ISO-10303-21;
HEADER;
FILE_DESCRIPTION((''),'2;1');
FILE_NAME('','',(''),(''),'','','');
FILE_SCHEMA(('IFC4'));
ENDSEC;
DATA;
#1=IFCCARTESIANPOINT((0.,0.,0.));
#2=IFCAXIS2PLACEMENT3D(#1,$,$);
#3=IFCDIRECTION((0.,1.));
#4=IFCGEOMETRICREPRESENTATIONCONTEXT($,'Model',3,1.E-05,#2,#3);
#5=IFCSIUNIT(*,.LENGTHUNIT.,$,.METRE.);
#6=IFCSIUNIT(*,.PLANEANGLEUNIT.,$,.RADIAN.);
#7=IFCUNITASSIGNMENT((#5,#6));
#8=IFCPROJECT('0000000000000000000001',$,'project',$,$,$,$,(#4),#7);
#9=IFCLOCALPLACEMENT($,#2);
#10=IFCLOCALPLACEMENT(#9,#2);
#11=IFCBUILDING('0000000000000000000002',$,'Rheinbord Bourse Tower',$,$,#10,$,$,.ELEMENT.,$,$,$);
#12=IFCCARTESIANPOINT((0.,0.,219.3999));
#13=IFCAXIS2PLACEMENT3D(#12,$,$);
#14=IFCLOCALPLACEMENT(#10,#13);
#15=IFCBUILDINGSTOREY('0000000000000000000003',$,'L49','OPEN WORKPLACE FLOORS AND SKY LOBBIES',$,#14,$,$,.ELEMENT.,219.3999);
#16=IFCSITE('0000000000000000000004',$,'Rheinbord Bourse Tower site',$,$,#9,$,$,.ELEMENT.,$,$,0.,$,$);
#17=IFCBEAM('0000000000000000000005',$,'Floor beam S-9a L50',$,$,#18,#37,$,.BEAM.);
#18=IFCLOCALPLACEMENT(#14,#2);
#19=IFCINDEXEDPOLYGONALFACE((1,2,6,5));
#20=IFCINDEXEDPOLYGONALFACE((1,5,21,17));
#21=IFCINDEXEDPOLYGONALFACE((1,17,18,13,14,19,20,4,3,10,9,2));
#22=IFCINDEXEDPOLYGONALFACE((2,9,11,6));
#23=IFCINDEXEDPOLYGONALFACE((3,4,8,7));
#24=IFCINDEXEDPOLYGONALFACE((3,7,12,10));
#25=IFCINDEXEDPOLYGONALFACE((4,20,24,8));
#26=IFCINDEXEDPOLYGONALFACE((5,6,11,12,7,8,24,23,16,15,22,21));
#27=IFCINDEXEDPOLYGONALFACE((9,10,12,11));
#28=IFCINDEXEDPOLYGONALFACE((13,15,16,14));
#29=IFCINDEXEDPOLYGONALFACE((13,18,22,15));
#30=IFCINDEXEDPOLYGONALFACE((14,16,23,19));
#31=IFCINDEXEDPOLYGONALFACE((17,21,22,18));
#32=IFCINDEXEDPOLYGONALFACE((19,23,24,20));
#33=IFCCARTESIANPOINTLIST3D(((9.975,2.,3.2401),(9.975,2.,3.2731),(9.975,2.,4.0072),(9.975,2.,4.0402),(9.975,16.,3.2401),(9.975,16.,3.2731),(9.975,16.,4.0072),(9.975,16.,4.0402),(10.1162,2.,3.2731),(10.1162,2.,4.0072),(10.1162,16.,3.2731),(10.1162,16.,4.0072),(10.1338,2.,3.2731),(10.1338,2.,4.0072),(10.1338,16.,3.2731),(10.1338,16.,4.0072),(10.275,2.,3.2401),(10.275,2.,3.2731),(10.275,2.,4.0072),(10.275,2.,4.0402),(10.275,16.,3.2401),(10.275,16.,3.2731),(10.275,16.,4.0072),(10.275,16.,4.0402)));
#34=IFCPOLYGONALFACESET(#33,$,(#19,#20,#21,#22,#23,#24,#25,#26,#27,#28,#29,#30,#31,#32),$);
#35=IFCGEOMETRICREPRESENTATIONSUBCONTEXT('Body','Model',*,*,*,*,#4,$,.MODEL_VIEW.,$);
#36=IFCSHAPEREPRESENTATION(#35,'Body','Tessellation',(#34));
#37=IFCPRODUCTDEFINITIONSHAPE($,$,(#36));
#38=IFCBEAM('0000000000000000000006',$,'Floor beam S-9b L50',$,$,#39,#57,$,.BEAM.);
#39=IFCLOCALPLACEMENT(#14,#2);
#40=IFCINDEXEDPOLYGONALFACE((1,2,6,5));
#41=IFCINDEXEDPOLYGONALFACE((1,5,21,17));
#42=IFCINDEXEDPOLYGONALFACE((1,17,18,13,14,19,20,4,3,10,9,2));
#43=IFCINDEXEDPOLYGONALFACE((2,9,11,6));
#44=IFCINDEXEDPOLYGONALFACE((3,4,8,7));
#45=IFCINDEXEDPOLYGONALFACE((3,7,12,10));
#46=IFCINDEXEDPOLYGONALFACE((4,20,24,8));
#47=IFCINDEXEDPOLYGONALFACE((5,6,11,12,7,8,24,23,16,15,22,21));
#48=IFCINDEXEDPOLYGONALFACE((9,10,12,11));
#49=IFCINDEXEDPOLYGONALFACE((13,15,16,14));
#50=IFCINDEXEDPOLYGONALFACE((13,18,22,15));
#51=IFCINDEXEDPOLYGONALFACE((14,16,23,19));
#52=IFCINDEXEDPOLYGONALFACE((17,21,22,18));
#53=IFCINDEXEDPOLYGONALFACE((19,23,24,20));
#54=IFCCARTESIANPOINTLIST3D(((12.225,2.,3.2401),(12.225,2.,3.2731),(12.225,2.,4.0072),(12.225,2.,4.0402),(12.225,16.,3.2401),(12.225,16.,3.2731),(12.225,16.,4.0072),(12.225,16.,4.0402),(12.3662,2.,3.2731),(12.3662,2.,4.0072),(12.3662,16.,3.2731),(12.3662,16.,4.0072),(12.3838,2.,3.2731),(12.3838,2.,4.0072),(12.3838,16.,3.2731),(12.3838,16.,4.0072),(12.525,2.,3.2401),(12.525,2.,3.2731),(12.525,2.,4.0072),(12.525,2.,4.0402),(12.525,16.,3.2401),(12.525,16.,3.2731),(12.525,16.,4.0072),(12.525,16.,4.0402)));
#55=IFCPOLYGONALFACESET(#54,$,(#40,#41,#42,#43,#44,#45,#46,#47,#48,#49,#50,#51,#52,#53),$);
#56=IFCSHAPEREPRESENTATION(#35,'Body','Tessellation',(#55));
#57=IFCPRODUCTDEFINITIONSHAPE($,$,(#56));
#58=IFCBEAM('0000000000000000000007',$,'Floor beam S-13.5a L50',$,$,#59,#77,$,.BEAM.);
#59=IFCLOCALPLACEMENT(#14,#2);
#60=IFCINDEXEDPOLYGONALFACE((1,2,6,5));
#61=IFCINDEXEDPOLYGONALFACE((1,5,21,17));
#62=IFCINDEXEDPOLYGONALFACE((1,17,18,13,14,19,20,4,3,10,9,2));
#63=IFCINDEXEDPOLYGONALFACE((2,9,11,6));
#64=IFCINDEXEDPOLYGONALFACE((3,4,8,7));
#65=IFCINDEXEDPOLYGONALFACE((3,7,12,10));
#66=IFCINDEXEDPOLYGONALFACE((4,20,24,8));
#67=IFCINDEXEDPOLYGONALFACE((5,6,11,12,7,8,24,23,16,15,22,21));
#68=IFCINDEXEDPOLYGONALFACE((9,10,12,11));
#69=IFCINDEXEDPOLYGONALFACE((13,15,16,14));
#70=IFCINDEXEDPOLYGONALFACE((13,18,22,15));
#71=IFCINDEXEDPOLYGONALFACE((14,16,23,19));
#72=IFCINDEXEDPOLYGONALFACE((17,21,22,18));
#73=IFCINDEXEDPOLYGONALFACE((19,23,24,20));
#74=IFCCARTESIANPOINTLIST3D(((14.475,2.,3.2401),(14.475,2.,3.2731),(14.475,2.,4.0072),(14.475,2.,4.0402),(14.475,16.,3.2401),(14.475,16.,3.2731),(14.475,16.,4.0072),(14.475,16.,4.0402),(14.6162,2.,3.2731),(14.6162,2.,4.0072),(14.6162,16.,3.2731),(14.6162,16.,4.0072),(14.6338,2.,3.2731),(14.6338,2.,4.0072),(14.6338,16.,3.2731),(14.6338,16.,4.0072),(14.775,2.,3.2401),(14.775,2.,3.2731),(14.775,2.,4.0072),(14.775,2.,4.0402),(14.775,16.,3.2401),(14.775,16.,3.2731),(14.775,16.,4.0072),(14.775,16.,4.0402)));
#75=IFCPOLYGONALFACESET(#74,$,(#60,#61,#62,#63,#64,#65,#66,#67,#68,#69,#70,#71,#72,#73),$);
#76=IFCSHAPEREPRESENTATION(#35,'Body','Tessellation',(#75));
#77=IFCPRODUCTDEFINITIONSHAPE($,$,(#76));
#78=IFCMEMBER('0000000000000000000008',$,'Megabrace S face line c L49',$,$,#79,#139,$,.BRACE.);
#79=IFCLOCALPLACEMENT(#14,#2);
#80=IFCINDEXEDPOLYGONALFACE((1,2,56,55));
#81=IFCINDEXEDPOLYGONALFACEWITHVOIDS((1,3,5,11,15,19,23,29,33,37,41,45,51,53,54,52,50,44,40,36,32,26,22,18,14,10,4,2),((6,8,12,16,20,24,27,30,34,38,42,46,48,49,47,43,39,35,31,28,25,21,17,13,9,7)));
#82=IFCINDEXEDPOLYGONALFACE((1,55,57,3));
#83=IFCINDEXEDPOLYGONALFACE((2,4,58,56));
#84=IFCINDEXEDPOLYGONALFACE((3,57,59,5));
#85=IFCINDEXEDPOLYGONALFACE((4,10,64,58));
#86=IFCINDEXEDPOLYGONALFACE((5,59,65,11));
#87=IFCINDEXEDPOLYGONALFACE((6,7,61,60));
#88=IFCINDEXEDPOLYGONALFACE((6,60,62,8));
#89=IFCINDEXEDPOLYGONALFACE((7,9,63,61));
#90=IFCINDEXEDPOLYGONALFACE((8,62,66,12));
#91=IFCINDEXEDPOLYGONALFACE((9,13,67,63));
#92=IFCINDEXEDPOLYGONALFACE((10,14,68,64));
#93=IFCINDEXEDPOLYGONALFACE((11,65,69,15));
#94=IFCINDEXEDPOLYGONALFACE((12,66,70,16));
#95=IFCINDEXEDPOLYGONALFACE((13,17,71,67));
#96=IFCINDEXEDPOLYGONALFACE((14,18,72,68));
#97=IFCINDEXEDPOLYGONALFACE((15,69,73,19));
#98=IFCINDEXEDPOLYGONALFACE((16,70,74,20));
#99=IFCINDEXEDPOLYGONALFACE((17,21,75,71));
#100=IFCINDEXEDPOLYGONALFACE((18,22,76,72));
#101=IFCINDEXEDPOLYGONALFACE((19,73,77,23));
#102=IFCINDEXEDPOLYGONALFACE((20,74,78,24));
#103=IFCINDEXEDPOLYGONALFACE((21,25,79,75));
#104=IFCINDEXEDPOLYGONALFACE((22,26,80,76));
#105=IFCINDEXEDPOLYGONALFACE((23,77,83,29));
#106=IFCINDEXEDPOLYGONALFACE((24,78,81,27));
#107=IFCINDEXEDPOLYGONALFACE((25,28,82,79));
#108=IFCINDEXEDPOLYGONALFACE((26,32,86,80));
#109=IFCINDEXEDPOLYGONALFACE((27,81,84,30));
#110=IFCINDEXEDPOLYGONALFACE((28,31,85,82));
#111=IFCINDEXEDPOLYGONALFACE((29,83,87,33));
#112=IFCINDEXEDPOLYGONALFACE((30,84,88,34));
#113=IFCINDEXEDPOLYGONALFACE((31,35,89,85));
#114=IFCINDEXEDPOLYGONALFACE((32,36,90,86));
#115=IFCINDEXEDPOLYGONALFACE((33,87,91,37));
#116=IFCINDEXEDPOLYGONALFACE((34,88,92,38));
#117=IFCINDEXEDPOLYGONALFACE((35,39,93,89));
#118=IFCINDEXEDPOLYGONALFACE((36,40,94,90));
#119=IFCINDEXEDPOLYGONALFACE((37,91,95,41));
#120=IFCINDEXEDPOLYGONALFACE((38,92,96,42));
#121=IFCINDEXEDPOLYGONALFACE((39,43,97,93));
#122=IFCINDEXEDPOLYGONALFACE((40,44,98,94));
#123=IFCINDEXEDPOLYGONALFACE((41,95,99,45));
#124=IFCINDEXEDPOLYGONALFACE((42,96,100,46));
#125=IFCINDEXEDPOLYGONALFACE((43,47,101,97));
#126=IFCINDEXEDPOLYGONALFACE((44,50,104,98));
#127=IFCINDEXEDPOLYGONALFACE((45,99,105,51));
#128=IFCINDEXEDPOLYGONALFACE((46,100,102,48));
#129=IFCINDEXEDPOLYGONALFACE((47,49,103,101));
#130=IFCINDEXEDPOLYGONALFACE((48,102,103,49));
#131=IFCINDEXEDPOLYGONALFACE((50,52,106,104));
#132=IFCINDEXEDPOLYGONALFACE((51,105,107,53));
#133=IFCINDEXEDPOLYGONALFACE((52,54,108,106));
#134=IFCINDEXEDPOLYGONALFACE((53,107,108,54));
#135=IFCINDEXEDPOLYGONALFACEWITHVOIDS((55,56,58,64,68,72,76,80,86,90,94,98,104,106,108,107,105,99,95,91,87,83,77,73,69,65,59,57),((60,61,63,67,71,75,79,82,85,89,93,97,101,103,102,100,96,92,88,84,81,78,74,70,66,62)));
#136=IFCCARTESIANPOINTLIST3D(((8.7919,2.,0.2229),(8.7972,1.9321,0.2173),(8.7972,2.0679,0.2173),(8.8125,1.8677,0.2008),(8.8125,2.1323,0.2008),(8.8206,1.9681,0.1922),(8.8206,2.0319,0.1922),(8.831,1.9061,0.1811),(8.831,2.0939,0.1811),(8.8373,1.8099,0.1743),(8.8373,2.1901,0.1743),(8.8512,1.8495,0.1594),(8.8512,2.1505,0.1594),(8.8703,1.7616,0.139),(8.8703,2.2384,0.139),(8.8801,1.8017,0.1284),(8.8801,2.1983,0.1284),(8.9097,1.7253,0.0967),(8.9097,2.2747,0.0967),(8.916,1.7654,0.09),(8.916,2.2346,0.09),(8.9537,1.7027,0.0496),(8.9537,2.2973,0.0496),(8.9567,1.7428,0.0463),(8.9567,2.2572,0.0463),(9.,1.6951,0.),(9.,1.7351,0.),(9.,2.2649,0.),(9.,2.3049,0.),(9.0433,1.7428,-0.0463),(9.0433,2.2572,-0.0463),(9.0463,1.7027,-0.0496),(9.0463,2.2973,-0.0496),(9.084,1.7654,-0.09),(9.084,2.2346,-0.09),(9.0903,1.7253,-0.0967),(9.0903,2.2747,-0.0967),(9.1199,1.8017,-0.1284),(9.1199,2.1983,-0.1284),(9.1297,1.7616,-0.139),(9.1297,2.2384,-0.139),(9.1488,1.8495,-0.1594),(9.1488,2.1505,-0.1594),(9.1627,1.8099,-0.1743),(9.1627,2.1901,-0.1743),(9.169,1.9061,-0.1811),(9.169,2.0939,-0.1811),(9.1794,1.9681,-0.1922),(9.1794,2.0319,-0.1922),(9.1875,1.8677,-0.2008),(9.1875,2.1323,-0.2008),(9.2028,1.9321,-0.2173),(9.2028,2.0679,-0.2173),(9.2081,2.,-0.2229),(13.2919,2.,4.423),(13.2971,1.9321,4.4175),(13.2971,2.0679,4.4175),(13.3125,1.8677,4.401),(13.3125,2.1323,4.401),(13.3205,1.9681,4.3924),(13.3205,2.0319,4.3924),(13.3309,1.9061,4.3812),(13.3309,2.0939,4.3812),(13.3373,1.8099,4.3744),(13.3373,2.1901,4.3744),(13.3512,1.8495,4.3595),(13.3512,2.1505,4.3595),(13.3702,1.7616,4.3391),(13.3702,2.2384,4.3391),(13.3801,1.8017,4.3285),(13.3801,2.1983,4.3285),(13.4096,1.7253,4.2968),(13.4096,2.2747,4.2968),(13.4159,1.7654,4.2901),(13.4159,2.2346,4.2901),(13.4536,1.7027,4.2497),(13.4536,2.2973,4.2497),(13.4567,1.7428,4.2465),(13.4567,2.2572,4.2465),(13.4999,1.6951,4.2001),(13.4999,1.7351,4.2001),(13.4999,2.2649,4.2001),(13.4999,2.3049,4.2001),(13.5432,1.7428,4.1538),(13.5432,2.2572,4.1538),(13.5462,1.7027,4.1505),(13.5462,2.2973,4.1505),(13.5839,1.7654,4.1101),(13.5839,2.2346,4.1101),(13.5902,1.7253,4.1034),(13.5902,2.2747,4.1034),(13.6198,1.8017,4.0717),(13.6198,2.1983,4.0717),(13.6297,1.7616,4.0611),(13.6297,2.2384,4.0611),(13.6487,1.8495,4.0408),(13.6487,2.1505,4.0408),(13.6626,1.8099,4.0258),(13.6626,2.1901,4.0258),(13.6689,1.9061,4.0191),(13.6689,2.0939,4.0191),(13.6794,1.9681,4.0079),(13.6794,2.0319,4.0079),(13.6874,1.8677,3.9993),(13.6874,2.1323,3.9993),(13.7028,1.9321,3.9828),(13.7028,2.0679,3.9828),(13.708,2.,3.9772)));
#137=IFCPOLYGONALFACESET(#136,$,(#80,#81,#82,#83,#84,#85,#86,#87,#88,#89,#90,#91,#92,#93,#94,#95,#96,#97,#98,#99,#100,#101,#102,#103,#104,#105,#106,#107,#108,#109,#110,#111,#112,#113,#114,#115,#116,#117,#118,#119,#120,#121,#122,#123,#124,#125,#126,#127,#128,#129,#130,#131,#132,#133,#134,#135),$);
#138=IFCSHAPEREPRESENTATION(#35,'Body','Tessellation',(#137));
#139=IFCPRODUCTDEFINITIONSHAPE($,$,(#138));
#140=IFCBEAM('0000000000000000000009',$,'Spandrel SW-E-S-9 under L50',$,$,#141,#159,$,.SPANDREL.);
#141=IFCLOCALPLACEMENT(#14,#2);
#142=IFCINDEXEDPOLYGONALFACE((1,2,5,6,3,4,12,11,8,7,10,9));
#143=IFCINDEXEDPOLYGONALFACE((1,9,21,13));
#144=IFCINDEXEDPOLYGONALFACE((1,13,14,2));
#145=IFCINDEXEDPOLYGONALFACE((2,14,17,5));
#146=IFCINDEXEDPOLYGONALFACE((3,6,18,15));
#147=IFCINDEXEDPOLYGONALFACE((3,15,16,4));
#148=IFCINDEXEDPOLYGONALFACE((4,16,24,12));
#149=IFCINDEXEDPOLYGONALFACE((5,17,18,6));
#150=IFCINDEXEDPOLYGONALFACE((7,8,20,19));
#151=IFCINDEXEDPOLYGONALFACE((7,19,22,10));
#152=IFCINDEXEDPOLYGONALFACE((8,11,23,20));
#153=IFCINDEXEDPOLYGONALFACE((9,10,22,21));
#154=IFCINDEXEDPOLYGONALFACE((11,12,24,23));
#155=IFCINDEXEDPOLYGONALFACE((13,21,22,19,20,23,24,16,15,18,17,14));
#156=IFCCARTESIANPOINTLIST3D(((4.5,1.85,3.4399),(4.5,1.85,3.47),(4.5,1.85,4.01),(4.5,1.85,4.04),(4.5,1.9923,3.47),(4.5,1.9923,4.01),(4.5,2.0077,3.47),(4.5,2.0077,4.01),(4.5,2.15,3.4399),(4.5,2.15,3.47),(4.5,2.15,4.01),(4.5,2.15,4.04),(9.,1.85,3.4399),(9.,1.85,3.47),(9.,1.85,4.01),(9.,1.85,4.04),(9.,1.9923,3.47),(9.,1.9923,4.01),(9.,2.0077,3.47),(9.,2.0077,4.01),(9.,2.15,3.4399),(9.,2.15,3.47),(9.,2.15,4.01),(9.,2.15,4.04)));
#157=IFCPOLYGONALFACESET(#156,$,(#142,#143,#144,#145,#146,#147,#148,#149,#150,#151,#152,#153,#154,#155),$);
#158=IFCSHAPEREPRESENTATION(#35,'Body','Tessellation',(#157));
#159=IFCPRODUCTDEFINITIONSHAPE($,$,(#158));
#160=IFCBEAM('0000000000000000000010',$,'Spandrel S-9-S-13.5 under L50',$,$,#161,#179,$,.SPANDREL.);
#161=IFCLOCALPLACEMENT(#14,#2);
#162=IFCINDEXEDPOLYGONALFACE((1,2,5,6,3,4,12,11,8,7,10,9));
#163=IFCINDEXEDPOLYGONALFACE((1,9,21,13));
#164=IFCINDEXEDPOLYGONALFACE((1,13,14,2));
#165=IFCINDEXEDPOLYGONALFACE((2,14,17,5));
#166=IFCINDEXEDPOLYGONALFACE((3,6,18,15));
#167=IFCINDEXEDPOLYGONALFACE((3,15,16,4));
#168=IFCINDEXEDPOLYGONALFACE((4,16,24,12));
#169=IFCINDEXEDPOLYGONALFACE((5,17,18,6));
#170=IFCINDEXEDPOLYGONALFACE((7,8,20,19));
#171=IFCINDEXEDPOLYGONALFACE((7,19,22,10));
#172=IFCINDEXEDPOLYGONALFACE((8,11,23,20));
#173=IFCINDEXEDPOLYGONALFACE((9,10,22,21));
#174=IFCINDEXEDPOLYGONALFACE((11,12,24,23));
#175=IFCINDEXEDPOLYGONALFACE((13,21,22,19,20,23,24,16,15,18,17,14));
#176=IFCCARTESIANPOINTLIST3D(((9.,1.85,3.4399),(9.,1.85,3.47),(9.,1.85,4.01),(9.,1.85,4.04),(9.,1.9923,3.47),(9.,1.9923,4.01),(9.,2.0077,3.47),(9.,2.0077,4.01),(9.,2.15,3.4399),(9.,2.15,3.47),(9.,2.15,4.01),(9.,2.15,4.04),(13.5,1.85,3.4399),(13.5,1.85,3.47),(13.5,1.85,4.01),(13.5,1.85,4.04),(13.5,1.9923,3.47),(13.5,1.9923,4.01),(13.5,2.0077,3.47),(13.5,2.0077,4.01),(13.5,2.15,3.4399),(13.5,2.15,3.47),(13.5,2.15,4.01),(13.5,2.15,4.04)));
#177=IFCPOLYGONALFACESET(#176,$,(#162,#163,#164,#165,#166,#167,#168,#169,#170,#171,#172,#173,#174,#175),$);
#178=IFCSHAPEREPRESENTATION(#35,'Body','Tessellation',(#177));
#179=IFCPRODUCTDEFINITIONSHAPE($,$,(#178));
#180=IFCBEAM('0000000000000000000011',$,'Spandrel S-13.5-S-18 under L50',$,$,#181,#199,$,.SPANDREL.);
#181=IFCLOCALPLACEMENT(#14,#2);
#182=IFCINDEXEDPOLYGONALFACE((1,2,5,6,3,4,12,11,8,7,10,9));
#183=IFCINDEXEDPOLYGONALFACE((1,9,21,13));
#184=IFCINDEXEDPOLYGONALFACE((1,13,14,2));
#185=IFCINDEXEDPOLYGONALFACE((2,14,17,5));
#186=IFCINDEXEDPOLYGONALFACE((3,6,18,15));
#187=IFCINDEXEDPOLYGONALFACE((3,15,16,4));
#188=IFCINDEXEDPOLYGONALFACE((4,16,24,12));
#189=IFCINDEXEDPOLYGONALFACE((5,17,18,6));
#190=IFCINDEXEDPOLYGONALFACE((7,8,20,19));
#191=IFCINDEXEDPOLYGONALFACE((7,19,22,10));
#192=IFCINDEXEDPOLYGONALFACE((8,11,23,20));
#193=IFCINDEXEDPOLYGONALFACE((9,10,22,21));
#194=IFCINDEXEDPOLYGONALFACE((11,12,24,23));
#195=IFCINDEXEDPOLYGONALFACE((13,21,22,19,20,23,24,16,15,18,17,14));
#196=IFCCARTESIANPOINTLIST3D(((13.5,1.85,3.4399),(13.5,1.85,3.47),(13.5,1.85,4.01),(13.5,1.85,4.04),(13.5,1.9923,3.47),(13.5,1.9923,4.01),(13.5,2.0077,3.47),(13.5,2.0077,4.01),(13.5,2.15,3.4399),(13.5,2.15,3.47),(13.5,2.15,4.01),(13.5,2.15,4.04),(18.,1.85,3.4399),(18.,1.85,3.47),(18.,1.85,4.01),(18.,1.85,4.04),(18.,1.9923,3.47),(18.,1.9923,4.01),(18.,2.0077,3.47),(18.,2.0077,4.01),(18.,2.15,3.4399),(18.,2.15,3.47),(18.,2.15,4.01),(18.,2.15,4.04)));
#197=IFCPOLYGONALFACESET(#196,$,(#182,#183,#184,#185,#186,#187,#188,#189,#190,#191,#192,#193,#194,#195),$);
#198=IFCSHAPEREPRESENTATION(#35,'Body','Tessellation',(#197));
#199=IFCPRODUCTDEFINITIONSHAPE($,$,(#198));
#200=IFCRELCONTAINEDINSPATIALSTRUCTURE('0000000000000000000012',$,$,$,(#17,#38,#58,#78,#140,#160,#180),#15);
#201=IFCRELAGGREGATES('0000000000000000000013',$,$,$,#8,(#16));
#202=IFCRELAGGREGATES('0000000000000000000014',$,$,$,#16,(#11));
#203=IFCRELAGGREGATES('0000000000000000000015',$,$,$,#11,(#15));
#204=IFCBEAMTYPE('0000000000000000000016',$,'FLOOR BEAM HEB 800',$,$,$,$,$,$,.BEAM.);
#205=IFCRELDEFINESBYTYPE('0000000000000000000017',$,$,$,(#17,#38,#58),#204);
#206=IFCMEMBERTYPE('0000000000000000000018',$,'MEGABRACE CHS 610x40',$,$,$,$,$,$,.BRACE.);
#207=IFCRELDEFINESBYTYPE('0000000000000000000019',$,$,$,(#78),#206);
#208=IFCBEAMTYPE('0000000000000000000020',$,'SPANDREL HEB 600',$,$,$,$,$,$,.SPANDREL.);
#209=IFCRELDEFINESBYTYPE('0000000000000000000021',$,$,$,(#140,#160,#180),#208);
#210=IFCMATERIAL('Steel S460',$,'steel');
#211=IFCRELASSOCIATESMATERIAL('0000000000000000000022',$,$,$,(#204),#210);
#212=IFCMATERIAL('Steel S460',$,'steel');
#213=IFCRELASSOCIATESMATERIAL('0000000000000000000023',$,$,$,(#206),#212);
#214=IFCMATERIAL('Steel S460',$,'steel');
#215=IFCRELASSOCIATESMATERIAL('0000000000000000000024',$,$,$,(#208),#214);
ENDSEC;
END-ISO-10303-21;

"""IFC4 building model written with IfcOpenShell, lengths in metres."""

from ifc_helpers import new_model, si_unit, direction, frame, origin, origin_2d, place, context, subcontext, project, spatial, hollow_circle, i_section, extrude, material, material_profile, profile_set, type_object, element, save


model = new_model("IFC4")

# Units and contexts
model_context = context("Model", 3, precision=1e-05, world=origin(), true_north=direction((0.0, 1.0)))
body_context = subcontext(model_context, "Body", "Model", "MODEL_VIEW")
ifc_project = project(units=[si_unit("LENGTHUNIT", "METRE"), si_unit("PLANEANGLEUNIT", "RADIAN")], contexts=[model_context])

# Site, building, storey
site_placement = place(None, origin())
site = spatial("IfcSite", under=ifc_project, at=site_placement, Name="Rheinbord Bourse Tower site", CompositionType="ELEMENT", RefElevation=0.0)
building_placement = place(site_placement, origin())
building = spatial("IfcBuilding", under=site, at=building_placement, Name="Rheinbord Bourse Tower", CompositionType="ELEMENT")
storey_placement = place(building_placement, frame((0.0, 0.0, 219.3999)))
storey = spatial("IfcBuildingStorey", under=building, at=storey_placement, Name="L49", Description="OPEN WORKPLACE FLOORS AND SKY LOBBIES", CompositionType="ELEMENT", Elevation=219.3999)

# Beams
ifc_material_1 = material(Name="Steel S460", Category="steel")
ifc_material_profile_1 = material_profile(ifc_material_1, i_section(OverallWidth=0.3, OverallDepth=0.8, WebThickness=0.0176, FlangeThickness=0.033, at=origin_2d()), Name="HEB 800")
ifc_profile_set_1 = profile_set([ifc_material_profile_1], Name="Steel S460")
beam_type_1 = type_object("IfcBeamType", Name="FLOOR BEAM HEB 800", PredefinedType="BEAM", material=ifc_profile_set_1)
for number, where, z_axis, x_axis, name in (
    (1, (10.125, 2.0, 3.6401), (0.0, 1.0, 0.0), (-1.0, 0.0, 0.0), "Floor beam S-9a L50"),
    (2, (12.375, 2.0, 3.6401), (0.0, 1.0, 0.0), (-1.0, 0.0, 0.0), "Floor beam S-9b L50"),
    (3, (14.625, 2.0, 3.6401), (0.0, 1.0, 0.0), (-1.0, 0.0, 0.0), "Floor beam S-13.5a L50"),
):
    element("IfcBeam", number, at=place(storey_placement, frame(where, z_axis=z_axis, x_axis=x_axis)), inside=storey, type_object=beam_type_1, Name=name, PredefinedType="BEAM", context=body_context, shape_type="SweptSolid", body=[
        extrude(i_section(OverallWidth=0.3, OverallDepth=0.8, WebThickness=0.0176, FlangeThickness=0.033, at=origin_2d()), origin(), (0.0, 0.0, 1.0), 14.0),
    ])

# Member
ifc_material_2 = material(Name="Steel S460", Category="steel")
ifc_material_profile_2 = material_profile(ifc_material_2, hollow_circle(Radius=0.3049, WallThickness=0.04, at=origin_2d()), Name="CHS 610x40")
ifc_profile_set_2 = profile_set([ifc_material_profile_2], Name="Steel S460")
member_type_1 = type_object("IfcMemberType", Name="MEGABRACE CHS 610x40", PredefinedType="BRACE", material=ifc_profile_set_2)
member_1_placement = place(storey_placement, frame((9.0, 2.0, 0.0), z_axis=(0.731039, 0.0, 0.682335), x_axis=(0.0, 1.0, 0.0)))
element("IfcMember", 4, at=member_1_placement, inside=storey, type_object=member_type_1, Name="Megabrace S face line c L49", PredefinedType="BRACE", context=body_context, shape_type="SweptSolid", body=[
    extrude(hollow_circle(Radius=0.3049, WallThickness=0.04, at=origin_2d()), origin(), (0.0, 0.0, 1.0), 6.1555),
])

# Beams
ifc_material_3 = material(Name="Steel S460", Category="steel")
ifc_material_profile_3 = material_profile(ifc_material_3, i_section(OverallWidth=0.3, OverallDepth=0.6001, WebThickness=0.0154, FlangeThickness=0.03, at=origin_2d()), Name="HEB 600")
ifc_profile_set_3 = profile_set([ifc_material_profile_3], Name="Steel S460")
beam_type_2 = type_object("IfcBeamType", Name="SPANDREL HEB 600", PredefinedType="SPANDREL", material=ifc_profile_set_3)
for number, where, z_axis, x_axis, name in (
    (5, (4.5, 2.0, 3.74), (1.0, 0.0, 0.0), (0.0, 1.0, 0.0), "Spandrel SW-E-S-9 under L50"),
    (6, (9.0, 2.0, 3.74), (1.0, 0.0, 0.0), (0.0, 1.0, 0.0), "Spandrel S-9-S-13.5 under L50"),
    (7, (13.5, 2.0, 3.74), (1.0, 0.0, 0.0), (0.0, 1.0, 0.0), "Spandrel S-13.5-S-18 under L50"),
):
    element("IfcBeam", number, at=place(storey_placement, frame(where, z_axis=z_axis, x_axis=x_axis)), inside=storey, type_object=beam_type_2, Name=name, PredefinedType="SPANDREL", context=body_context, shape_type="SweptSolid", body=[
        extrude(i_section(OverallWidth=0.3, OverallDepth=0.6001, WebThickness=0.0154, FlangeThickness=0.03, at=origin_2d()), origin(), (0.0, 0.0, 1.0), 4.5),
    ])

save(model, "model.ifc")
